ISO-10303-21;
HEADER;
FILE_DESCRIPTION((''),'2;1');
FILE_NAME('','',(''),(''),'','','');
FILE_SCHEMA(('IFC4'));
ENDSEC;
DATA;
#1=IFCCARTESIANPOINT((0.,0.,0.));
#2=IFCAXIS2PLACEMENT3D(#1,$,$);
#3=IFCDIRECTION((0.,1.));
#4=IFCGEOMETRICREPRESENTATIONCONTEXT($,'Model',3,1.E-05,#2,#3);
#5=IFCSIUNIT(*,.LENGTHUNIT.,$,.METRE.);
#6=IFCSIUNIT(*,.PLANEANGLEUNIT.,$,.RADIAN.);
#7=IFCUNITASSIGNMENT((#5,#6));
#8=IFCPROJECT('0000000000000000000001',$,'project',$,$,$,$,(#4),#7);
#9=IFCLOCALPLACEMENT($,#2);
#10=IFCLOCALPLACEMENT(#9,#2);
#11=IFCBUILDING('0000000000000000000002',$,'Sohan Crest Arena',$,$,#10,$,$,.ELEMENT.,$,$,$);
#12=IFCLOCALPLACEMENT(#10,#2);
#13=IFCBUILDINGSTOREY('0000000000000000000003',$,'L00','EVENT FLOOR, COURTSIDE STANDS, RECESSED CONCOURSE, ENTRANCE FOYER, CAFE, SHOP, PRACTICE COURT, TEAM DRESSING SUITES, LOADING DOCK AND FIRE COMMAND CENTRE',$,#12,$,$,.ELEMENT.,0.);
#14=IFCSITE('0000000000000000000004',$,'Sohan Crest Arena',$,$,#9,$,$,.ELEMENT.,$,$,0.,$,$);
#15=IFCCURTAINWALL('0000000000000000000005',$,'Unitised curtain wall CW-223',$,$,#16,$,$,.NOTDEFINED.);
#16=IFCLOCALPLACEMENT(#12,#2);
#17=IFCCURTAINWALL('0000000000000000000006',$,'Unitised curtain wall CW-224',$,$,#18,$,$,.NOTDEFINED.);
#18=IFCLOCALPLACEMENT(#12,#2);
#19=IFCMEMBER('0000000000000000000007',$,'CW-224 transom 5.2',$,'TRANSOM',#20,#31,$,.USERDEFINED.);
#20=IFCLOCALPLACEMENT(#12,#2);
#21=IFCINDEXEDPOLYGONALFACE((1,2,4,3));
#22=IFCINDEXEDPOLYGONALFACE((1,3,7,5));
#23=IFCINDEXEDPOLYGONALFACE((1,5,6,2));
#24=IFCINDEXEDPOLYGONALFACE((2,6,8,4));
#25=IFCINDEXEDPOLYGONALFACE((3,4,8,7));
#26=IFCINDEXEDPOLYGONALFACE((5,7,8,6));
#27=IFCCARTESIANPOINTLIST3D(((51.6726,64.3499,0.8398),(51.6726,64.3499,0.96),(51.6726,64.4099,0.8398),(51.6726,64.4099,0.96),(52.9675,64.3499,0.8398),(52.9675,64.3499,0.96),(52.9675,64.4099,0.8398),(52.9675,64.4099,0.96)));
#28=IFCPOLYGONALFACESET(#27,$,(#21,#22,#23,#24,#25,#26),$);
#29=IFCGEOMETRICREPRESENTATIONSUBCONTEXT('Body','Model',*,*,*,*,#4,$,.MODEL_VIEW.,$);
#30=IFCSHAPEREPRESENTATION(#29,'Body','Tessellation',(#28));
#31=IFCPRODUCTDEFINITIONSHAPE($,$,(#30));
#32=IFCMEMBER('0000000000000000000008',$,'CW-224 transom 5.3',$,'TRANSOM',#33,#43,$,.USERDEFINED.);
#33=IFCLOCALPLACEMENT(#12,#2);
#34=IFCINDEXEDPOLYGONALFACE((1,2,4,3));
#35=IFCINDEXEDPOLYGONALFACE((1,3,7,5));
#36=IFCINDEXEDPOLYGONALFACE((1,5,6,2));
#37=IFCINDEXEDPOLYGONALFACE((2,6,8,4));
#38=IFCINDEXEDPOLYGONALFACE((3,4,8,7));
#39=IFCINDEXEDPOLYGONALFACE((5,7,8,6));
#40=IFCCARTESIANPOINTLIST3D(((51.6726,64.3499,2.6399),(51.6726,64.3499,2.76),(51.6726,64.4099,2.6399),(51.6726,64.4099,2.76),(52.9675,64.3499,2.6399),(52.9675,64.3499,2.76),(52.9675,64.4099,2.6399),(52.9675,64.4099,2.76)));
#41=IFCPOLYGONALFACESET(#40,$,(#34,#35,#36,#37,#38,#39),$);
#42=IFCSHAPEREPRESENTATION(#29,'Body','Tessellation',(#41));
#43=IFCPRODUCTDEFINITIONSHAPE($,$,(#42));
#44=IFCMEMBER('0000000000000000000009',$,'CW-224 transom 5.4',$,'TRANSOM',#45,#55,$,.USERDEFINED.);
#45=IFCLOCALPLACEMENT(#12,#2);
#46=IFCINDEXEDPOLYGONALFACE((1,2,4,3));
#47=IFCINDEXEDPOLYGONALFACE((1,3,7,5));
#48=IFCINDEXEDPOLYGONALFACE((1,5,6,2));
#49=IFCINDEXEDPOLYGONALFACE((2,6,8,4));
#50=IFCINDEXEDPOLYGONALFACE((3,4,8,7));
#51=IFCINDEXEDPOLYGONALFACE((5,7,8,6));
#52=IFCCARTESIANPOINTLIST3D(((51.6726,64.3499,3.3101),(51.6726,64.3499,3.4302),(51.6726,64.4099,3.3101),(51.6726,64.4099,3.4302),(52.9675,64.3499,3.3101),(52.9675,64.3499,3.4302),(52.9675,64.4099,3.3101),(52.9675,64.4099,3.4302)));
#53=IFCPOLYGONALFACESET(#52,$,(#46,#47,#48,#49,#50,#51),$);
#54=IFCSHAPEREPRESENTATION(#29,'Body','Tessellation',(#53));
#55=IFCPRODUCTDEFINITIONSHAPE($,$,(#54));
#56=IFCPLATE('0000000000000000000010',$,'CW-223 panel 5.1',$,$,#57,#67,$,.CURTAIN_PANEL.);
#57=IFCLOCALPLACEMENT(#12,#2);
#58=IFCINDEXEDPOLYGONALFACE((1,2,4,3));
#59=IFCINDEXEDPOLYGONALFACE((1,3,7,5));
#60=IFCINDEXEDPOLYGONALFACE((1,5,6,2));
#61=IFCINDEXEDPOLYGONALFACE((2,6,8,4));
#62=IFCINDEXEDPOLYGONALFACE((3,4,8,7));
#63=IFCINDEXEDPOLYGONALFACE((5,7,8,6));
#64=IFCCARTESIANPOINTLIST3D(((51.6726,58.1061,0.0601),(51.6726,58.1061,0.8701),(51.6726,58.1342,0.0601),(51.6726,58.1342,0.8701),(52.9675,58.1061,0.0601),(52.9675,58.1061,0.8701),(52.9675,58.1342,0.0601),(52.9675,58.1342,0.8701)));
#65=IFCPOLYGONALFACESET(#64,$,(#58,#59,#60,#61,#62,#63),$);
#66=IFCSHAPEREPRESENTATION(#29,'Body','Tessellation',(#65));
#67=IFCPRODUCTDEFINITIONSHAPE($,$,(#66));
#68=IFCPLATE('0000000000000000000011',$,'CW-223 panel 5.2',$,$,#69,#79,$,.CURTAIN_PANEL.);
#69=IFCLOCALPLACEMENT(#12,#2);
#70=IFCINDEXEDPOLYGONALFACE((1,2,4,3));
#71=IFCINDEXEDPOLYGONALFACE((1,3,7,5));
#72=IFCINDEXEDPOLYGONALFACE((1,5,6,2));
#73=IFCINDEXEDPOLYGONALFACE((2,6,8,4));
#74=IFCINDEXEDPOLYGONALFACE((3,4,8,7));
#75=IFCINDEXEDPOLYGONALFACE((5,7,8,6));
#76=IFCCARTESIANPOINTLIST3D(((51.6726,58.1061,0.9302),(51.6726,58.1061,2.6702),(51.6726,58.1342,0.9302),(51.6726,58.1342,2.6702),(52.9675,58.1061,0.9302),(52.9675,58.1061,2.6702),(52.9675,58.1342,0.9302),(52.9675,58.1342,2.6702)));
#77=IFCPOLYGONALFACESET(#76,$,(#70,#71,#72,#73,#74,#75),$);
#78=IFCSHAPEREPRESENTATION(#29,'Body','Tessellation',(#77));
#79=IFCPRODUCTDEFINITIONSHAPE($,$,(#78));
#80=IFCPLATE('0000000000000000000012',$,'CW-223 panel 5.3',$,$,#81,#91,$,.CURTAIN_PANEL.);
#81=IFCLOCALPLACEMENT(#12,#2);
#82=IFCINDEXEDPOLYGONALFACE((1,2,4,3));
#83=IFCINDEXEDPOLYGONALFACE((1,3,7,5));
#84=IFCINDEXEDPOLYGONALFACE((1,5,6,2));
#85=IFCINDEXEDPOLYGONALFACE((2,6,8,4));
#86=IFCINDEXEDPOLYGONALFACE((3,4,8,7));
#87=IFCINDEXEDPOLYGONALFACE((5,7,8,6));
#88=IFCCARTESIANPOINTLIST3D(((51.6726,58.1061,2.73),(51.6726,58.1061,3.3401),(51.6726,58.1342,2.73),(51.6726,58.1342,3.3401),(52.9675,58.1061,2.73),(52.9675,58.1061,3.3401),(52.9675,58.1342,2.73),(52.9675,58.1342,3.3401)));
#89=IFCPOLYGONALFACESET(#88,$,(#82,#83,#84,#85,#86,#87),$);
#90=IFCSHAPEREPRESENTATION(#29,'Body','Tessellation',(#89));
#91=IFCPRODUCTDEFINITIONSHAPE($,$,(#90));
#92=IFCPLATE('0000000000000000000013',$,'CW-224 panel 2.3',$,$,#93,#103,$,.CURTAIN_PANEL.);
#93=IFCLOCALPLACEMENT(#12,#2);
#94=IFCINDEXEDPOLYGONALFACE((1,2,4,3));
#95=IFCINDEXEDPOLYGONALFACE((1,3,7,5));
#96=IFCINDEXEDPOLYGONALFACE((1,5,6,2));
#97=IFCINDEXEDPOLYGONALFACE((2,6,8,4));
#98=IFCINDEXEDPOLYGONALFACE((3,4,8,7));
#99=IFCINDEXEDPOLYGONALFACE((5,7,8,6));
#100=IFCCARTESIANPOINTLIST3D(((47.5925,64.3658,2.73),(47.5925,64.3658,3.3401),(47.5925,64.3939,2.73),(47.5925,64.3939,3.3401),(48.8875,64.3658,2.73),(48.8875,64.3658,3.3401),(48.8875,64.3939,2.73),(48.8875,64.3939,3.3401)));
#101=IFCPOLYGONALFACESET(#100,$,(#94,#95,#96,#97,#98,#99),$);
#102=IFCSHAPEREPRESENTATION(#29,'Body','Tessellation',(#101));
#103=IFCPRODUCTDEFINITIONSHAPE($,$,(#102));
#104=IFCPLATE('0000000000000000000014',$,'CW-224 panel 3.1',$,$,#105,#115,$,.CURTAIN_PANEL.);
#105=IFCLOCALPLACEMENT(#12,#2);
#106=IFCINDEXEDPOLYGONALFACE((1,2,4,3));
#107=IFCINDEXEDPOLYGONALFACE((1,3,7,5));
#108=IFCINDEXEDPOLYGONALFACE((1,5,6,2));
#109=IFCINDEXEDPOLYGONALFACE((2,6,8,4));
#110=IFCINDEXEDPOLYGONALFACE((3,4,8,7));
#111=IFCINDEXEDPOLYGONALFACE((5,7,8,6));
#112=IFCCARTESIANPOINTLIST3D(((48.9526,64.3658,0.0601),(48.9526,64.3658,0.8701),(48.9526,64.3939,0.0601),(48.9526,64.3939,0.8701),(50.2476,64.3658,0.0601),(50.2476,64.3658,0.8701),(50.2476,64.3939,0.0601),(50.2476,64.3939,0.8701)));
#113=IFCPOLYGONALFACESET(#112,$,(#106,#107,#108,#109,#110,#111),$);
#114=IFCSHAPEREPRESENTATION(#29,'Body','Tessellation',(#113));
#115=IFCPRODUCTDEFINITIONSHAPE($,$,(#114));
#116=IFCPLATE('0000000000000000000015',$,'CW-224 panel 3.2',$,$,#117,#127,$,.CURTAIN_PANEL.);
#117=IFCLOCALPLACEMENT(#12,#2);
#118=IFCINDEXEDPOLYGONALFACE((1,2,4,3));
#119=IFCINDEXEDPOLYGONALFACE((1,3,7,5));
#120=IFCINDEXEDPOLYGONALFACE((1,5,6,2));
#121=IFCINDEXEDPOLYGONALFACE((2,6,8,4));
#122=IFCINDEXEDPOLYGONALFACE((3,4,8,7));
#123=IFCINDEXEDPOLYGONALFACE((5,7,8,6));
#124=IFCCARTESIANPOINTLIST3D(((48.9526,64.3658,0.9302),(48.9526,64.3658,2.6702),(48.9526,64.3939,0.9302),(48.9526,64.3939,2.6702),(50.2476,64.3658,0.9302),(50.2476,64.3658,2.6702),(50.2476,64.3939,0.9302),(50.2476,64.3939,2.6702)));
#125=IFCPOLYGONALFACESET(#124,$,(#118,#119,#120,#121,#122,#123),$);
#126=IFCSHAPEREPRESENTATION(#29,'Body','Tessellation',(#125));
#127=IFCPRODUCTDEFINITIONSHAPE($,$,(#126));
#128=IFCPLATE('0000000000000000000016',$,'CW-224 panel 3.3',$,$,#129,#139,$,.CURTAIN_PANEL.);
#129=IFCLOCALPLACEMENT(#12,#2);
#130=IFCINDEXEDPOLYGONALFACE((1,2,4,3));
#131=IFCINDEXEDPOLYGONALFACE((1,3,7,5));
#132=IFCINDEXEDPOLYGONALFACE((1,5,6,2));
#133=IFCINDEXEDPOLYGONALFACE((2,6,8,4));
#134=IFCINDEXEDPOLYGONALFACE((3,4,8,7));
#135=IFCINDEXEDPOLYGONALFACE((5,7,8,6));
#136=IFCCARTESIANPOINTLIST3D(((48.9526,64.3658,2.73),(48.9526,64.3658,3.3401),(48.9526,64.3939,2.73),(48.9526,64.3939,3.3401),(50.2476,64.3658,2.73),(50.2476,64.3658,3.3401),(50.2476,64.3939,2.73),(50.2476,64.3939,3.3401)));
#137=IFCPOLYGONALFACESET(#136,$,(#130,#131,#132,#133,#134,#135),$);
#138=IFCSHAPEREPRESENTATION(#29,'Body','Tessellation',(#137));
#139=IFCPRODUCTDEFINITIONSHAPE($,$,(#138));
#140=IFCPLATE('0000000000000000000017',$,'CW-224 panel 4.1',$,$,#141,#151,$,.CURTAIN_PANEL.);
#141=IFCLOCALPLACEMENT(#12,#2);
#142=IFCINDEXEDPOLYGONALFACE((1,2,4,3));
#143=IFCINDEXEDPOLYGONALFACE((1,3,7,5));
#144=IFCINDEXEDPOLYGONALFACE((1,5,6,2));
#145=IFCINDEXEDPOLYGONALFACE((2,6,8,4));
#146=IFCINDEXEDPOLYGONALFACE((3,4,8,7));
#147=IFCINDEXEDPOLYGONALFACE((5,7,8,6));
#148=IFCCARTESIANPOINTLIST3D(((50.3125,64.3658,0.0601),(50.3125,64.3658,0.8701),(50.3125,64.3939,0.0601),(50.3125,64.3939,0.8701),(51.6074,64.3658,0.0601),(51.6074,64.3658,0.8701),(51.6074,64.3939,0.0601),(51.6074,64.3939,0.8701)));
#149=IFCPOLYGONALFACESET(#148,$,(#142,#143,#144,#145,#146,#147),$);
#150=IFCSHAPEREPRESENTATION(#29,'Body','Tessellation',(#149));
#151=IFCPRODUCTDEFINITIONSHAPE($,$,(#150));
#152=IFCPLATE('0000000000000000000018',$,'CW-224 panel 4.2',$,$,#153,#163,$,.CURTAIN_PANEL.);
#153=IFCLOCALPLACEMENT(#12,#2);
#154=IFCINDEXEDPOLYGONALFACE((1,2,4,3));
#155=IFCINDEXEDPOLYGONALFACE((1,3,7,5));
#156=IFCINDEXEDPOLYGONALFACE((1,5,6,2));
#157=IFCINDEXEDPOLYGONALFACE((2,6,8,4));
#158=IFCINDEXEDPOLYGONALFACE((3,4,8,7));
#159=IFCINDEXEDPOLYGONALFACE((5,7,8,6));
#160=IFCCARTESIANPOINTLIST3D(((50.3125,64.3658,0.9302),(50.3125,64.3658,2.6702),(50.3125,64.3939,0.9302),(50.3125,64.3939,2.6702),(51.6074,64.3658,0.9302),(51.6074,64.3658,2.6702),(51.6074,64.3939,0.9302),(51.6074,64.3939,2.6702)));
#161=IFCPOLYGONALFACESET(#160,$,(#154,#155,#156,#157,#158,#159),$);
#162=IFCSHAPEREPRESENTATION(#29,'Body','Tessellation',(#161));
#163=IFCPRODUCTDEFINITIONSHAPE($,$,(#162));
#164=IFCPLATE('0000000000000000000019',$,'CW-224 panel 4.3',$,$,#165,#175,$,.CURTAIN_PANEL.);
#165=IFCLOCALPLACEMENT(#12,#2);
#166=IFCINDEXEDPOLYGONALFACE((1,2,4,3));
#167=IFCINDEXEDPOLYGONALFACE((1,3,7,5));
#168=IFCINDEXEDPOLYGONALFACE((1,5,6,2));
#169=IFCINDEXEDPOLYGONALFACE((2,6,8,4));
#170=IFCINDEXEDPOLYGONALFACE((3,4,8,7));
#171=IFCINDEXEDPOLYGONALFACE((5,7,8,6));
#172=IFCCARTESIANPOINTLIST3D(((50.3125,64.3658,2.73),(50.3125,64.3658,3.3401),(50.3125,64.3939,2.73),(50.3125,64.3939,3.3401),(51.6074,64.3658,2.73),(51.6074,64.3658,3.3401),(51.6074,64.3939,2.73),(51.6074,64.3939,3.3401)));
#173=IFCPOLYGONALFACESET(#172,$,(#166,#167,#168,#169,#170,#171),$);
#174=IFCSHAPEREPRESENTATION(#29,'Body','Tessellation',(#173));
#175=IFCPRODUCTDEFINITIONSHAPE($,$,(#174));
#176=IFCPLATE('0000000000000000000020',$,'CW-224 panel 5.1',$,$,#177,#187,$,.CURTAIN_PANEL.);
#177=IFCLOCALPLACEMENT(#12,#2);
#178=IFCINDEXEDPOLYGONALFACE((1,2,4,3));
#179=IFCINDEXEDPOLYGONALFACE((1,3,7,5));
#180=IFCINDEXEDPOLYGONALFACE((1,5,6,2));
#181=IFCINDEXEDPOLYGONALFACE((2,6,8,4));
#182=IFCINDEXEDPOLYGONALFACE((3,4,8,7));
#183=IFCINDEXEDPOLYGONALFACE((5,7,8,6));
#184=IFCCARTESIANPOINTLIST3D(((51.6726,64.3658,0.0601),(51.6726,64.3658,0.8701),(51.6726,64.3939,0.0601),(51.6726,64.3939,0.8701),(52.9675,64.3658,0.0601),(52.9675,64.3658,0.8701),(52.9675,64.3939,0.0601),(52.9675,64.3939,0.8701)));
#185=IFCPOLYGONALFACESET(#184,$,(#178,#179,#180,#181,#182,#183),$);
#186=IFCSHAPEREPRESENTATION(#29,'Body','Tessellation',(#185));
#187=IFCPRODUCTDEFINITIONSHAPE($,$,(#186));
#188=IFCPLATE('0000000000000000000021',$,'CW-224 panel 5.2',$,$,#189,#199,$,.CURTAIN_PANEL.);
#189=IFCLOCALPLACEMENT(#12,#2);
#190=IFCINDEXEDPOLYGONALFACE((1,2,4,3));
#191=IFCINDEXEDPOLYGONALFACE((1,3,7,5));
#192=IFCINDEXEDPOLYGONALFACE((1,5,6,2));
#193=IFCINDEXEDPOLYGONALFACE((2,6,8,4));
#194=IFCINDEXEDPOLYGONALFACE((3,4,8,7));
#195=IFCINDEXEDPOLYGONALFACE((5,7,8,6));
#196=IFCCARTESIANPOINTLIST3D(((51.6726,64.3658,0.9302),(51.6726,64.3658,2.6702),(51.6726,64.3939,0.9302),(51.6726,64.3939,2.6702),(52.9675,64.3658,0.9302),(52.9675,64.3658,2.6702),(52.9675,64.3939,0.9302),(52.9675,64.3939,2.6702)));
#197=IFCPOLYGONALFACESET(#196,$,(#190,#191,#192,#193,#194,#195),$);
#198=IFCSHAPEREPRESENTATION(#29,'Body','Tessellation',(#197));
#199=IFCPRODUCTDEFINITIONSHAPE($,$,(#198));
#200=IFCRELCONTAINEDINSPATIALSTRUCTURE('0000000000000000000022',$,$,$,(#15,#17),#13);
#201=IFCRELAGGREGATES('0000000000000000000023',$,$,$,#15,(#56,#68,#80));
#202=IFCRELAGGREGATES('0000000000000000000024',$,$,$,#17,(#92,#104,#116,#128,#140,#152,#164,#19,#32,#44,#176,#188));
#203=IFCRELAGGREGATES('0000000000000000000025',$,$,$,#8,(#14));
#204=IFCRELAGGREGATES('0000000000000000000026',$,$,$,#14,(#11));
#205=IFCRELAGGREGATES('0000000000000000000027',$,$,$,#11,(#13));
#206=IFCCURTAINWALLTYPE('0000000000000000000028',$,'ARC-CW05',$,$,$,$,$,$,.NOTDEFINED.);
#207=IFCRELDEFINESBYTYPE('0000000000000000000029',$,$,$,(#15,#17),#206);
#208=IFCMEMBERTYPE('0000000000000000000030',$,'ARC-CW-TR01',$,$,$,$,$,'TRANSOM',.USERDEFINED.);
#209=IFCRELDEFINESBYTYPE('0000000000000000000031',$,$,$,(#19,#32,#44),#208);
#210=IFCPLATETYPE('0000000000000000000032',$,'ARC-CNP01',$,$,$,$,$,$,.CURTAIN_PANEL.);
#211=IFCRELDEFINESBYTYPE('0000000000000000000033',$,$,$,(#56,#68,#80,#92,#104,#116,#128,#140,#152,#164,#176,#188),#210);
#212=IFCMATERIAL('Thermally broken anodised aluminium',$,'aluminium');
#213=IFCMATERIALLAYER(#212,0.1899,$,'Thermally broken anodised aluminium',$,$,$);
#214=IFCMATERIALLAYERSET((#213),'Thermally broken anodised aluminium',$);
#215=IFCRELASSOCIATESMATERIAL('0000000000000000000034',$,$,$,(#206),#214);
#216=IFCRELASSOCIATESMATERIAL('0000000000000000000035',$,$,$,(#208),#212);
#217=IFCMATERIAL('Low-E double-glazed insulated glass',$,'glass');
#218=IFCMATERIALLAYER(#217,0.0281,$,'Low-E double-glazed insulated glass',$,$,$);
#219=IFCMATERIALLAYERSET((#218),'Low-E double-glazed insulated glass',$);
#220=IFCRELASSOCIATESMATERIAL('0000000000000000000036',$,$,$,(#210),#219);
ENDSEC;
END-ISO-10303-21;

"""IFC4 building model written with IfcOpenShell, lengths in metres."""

from ifc_helpers import new_model, si_unit, direction, frame, origin, origin_2d, place, context, subcontext, project, spatial, rectangle, extrude, material, layer, layer_set, material_profile, profile_set, type_object, element, aggregate, save


model = new_model("IFC4")

# Units and contexts
model_context = context("Model", 3, precision=1e-05, world=origin(), true_north=direction((0.0, 1.0)))
body_context = subcontext(model_context, "Body", "Model", "MODEL_VIEW")
ifc_project = project(units=[si_unit("LENGTHUNIT", "METRE"), si_unit("PLANEANGLEUNIT", "RADIAN")], contexts=[model_context])

# Site, building, storey
site_placement = place(None, origin())
site = spatial("IfcSite", under=ifc_project, at=site_placement, Name="Sohan Crest Arena", CompositionType="ELEMENT", RefElevation=0.0)
building_placement = place(site_placement, origin())
building = spatial("IfcBuilding", under=site, at=building_placement, Name="Sohan Crest Arena", CompositionType="ELEMENT")
storey_placement = place(building_placement, origin())
storey = spatial("IfcBuildingStorey", under=building, at=storey_placement, Name="L00", Description="EVENT FLOOR, COURTSIDE STANDS, RECESSED CONCOURSE, ENTRANCE FOYER, CAFE, SHOP, PRACTICE COURT, TEAM DRESSING SUITES, LOADING DOCK AND FIRE COMMAND CENTRE", CompositionType="ELEMENT", Elevation=0.0)

# Curtain wall
ifc_material_1 = material(Name="Thermally broken anodised aluminium", Category="aluminium")
ifc_layer_1 = layer(ifc_material_1, 0.1899, Name="Thermally broken anodised aluminium")
ifc_layer_set_1 = layer_set([ifc_layer_1], Name="Thermally broken anodised aluminium")
curtain_wall_type = type_object("IfcCurtainWallType", Name="ARC-CW05", PredefinedType="NOTDEFINED", material=ifc_layer_set_1)
curtain_wall_1_placement = place(storey_placement, origin())
curtain_wall_1 = element("IfcCurtainWall", 1, at=curtain_wall_1_placement, inside=storey, type_object=curtain_wall_type, Name="Unitised curtain wall CW-223", PredefinedType="NOTDEFINED")

# Curtain wall
curtain_wall_2_placement = place(storey_placement, origin())
curtain_wall_2 = element("IfcCurtainWall", 2, at=curtain_wall_2_placement, inside=storey, type_object=curtain_wall_type, Name="Unitised curtain wall CW-224", PredefinedType="NOTDEFINED")

# Members
ifc_material_profile_1 = material_profile(ifc_material_1, rectangle(XDim=0.0601, YDim=0.1201, at=origin_2d()), Name="ALU-TRAN 60x120")
ifc_profile_set_1 = profile_set([ifc_material_profile_1], Name="Thermally broken anodised aluminium")
member_type_1 = type_object("IfcMemberType", Name="ARC-CW-TR01", ElementType="TRANSOM", PredefinedType="USERDEFINED", material=ifc_profile_set_1)
member_1_placement = place(storey_placement, frame((51.6726, 64.3799, 0.8999), z_axis=(1.0, 0.0, 0.0), x_axis=(0.0, 1.0, 0.0)))
member_1 = element("IfcMember", 3, at=member_1_placement, type_object=member_type_1, Name="CW-224 transom 5.2", ObjectType="TRANSOM", PredefinedType="USERDEFINED", context=body_context, shape_type="SweptSolid", body=[
    extrude(rectangle(XDim=0.0601, YDim=0.1201, at=origin_2d()), origin(), (0.0, 0.0, 1.0), 1.2949),
])
member_2_placement = place(storey_placement, frame((51.6726, 64.3799, 2.7), z_axis=(1.0, 0.0, 0.0), x_axis=(0.0, 1.0, 0.0)))
member_2 = element("IfcMember", 4, at=member_2_placement, type_object=member_type_1, Name="CW-224 transom 5.3", ObjectType="TRANSOM", PredefinedType="USERDEFINED", context=body_context, shape_type="SweptSolid", body=[
    extrude(rectangle(XDim=0.0601, YDim=0.1201, at=origin_2d()), origin(), (0.0, 0.0, 1.0), 1.2949),
])
member_3_placement = place(storey_placement, frame((51.6726, 64.3799, 3.3701), z_axis=(1.0, 0.0, 0.0), x_axis=(0.0, 1.0, 0.0)))
member_3 = element("IfcMember", 5, at=member_3_placement, type_object=member_type_1, Name="CW-224 transom 5.4", ObjectType="TRANSOM", PredefinedType="USERDEFINED", context=body_context, shape_type="SweptSolid", body=[
    extrude(rectangle(XDim=0.0601, YDim=0.1201, at=origin_2d()), origin(), (0.0, 0.0, 1.0), 1.2949),
])

# Plates
ifc_material_2 = material(Name="Low-E double-glazed insulated glass", Category="glass")
ifc_layer_2 = layer(ifc_material_2, 0.0281, Name="Low-E double-glazed insulated glass")
ifc_layer_set_2 = layer_set([ifc_layer_2], Name="Low-E double-glazed insulated glass")
plate_type = type_object("IfcPlateType", Name="ARC-CNP01", PredefinedType="CURTAIN_PANEL", material=ifc_layer_set_2)
plate_1_placement = place(storey_placement, frame((52.3201, 58.1201, 0.0601), z_axis=(0.0, 0.0, 1.0), x_axis=(1.0, 0.0, 0.0)))
plate_1 = element("IfcPlate", 6, at=plate_1_placement, type_object=plate_type, Name="CW-223 panel 5.1", PredefinedType="CURTAIN_PANEL", context=body_context, shape_type="SweptSolid", body=[
    extrude(rectangle(XDim=1.2949, YDim=0.0281, at=origin_2d()), origin(), (0.0, 0.0, 1.0), 0.8101),
])
plate_2_placement = place(storey_placement, frame((52.3201, 58.1201, 0.9302), z_axis=(0.0, 0.0, 1.0), x_axis=(1.0, 0.0, 0.0)))
plate_2 = element("IfcPlate", 7, at=plate_2_placement, type_object=plate_type, Name="CW-223 panel 5.2", PredefinedType="CURTAIN_PANEL", context=body_context, shape_type="SweptSolid", body=[
    extrude(rectangle(XDim=1.2949, YDim=0.0281, at=origin_2d()), origin(), (0.0, 0.0, 1.0), 1.74),
])
plate_3_placement = place(storey_placement, frame((52.3201, 58.1201, 2.73), z_axis=(0.0, 0.0, 1.0), x_axis=(1.0, 0.0, 0.0)))
plate_3 = element("IfcPlate", 8, at=plate_3_placement, type_object=plate_type, Name="CW-223 panel 5.3", PredefinedType="CURTAIN_PANEL", context=body_context, shape_type="SweptSolid", body=[
    extrude(rectangle(XDim=1.2949, YDim=0.0281, at=origin_2d()), origin(), (0.0, 0.0, 1.0), 0.6101),
])
aggregate(curtain_wall_1, [plate_1, plate_2, plate_3])
plate_4_placement = place(storey_placement, frame((48.24, 64.3799, 2.73), z_axis=(0.0, 0.0, 1.0), x_axis=(1.0, 0.0, 0.0)))
plate_4 = element("IfcPlate", 9, at=plate_4_placement, type_object=plate_type, Name="CW-224 panel 2.3", PredefinedType="CURTAIN_PANEL", context=body_context, shape_type="SweptSolid", body=[
    extrude(rectangle(XDim=1.2949, YDim=0.0281, at=origin_2d()), origin(), (0.0, 0.0, 1.0), 0.6101),
])
plate_5_placement = place(storey_placement, frame((49.6001, 64.3799, 0.0601), z_axis=(0.0, 0.0, 1.0), x_axis=(1.0, 0.0, 0.0)))
plate_5 = element("IfcPlate", 10, at=plate_5_placement, type_object=plate_type, Name="CW-224 panel 3.1", PredefinedType="CURTAIN_PANEL", context=body_context, shape_type="SweptSolid", body=[
    extrude(rectangle(XDim=1.2949, YDim=0.0281, at=origin_2d()), origin(), (0.0, 0.0, 1.0), 0.8101),
])
plate_6_placement = place(storey_placement, frame((49.6001, 64.3799, 0.9302), z_axis=(0.0, 0.0, 1.0), x_axis=(1.0, 0.0, 0.0)))
plate_6 = element("IfcPlate", 11, at=plate_6_placement, type_object=plate_type, Name="CW-224 panel 3.2", PredefinedType="CURTAIN_PANEL", context=body_context, shape_type="SweptSolid", body=[
    extrude(rectangle(XDim=1.2949, YDim=0.0281, at=origin_2d()), origin(), (0.0, 0.0, 1.0), 1.74),
])
plate_7_placement = place(storey_placement, frame((49.6001, 64.3799, 2.73), z_axis=(0.0, 0.0, 1.0), x_axis=(1.0, 0.0, 0.0)))
plate_7 = element("IfcPlate", 12, at=plate_7_placement, type_object=plate_type, Name="CW-224 panel 3.3", PredefinedType="CURTAIN_PANEL", context=body_context, shape_type="SweptSolid", body=[
    extrude(rectangle(XDim=1.2949, YDim=0.0281, at=origin_2d()), origin(), (0.0, 0.0, 1.0), 0.6101),
])
plate_8_placement = place(storey_placement, frame((50.96, 64.3799, 0.0601), z_axis=(0.0, 0.0, 1.0), x_axis=(1.0, 0.0, 0.0)))
plate_8 = element("IfcPlate", 13, at=plate_8_placement, type_object=plate_type, Name="CW-224 panel 4.1", PredefinedType="CURTAIN_PANEL", context=body_context, shape_type="SweptSolid", body=[
    extrude(rectangle(XDim=1.2949, YDim=0.0281, at=origin_2d()), origin(), (0.0, 0.0, 1.0), 0.8101),
])
plate_9_placement = place(storey_placement, frame((50.96, 64.3799, 0.9302), z_axis=(0.0, 0.0, 1.0), x_axis=(1.0, 0.0, 0.0)))
plate_9 = element("IfcPlate", 14, at=plate_9_placement, type_object=plate_type, Name="CW-224 panel 4.2", PredefinedType="CURTAIN_PANEL", context=body_context, shape_type="SweptSolid", body=[
    extrude(rectangle(XDim=1.2949, YDim=0.0281, at=origin_2d()), origin(), (0.0, 0.0, 1.0), 1.74),
])
plate_10_placement = place(storey_placement, frame((50.96, 64.3799, 2.73), z_axis=(0.0, 0.0, 1.0), x_axis=(1.0, 0.0, 0.0)))
plate_10 = element("IfcPlate", 15, at=plate_10_placement, type_object=plate_type, Name="CW-224 panel 4.3", PredefinedType="CURTAIN_PANEL", context=body_context, shape_type="SweptSolid", body=[
    extrude(rectangle(XDim=1.2949, YDim=0.0281, at=origin_2d()), origin(), (0.0, 0.0, 1.0), 0.6101),
])
plate_11_placement = place(storey_placement, frame((52.3201, 64.3799, 0.0601), z_axis=(0.0, 0.0, 1.0), x_axis=(1.0, 0.0, 0.0)))
plate_11 = element("IfcPlate", 16, at=plate_11_placement, type_object=plate_type, Name="CW-224 panel 5.1", PredefinedType="CURTAIN_PANEL", context=body_context, shape_type="SweptSolid", body=[
    extrude(rectangle(XDim=1.2949, YDim=0.0281, at=origin_2d()), origin(), (0.0, 0.0, 1.0), 0.8101),
])
plate_12_placement = place(storey_placement, frame((52.3201, 64.3799, 0.9302), z_axis=(0.0, 0.0, 1.0), x_axis=(1.0, 0.0, 0.0)))
plate_12 = element("IfcPlate", 17, at=plate_12_placement, type_object=plate_type, Name="CW-224 panel 5.2", PredefinedType="CURTAIN_PANEL", context=body_context, shape_type="SweptSolid", body=[
    extrude(rectangle(XDim=1.2949, YDim=0.0281, at=origin_2d()), origin(), (0.0, 0.0, 1.0), 1.74),
])
aggregate(curtain_wall_2, [plate_4, plate_5, plate_6, plate_7, plate_8, plate_9, plate_10, member_1, member_2, member_3, plate_11, plate_12])

save(model, "model.ifc")
